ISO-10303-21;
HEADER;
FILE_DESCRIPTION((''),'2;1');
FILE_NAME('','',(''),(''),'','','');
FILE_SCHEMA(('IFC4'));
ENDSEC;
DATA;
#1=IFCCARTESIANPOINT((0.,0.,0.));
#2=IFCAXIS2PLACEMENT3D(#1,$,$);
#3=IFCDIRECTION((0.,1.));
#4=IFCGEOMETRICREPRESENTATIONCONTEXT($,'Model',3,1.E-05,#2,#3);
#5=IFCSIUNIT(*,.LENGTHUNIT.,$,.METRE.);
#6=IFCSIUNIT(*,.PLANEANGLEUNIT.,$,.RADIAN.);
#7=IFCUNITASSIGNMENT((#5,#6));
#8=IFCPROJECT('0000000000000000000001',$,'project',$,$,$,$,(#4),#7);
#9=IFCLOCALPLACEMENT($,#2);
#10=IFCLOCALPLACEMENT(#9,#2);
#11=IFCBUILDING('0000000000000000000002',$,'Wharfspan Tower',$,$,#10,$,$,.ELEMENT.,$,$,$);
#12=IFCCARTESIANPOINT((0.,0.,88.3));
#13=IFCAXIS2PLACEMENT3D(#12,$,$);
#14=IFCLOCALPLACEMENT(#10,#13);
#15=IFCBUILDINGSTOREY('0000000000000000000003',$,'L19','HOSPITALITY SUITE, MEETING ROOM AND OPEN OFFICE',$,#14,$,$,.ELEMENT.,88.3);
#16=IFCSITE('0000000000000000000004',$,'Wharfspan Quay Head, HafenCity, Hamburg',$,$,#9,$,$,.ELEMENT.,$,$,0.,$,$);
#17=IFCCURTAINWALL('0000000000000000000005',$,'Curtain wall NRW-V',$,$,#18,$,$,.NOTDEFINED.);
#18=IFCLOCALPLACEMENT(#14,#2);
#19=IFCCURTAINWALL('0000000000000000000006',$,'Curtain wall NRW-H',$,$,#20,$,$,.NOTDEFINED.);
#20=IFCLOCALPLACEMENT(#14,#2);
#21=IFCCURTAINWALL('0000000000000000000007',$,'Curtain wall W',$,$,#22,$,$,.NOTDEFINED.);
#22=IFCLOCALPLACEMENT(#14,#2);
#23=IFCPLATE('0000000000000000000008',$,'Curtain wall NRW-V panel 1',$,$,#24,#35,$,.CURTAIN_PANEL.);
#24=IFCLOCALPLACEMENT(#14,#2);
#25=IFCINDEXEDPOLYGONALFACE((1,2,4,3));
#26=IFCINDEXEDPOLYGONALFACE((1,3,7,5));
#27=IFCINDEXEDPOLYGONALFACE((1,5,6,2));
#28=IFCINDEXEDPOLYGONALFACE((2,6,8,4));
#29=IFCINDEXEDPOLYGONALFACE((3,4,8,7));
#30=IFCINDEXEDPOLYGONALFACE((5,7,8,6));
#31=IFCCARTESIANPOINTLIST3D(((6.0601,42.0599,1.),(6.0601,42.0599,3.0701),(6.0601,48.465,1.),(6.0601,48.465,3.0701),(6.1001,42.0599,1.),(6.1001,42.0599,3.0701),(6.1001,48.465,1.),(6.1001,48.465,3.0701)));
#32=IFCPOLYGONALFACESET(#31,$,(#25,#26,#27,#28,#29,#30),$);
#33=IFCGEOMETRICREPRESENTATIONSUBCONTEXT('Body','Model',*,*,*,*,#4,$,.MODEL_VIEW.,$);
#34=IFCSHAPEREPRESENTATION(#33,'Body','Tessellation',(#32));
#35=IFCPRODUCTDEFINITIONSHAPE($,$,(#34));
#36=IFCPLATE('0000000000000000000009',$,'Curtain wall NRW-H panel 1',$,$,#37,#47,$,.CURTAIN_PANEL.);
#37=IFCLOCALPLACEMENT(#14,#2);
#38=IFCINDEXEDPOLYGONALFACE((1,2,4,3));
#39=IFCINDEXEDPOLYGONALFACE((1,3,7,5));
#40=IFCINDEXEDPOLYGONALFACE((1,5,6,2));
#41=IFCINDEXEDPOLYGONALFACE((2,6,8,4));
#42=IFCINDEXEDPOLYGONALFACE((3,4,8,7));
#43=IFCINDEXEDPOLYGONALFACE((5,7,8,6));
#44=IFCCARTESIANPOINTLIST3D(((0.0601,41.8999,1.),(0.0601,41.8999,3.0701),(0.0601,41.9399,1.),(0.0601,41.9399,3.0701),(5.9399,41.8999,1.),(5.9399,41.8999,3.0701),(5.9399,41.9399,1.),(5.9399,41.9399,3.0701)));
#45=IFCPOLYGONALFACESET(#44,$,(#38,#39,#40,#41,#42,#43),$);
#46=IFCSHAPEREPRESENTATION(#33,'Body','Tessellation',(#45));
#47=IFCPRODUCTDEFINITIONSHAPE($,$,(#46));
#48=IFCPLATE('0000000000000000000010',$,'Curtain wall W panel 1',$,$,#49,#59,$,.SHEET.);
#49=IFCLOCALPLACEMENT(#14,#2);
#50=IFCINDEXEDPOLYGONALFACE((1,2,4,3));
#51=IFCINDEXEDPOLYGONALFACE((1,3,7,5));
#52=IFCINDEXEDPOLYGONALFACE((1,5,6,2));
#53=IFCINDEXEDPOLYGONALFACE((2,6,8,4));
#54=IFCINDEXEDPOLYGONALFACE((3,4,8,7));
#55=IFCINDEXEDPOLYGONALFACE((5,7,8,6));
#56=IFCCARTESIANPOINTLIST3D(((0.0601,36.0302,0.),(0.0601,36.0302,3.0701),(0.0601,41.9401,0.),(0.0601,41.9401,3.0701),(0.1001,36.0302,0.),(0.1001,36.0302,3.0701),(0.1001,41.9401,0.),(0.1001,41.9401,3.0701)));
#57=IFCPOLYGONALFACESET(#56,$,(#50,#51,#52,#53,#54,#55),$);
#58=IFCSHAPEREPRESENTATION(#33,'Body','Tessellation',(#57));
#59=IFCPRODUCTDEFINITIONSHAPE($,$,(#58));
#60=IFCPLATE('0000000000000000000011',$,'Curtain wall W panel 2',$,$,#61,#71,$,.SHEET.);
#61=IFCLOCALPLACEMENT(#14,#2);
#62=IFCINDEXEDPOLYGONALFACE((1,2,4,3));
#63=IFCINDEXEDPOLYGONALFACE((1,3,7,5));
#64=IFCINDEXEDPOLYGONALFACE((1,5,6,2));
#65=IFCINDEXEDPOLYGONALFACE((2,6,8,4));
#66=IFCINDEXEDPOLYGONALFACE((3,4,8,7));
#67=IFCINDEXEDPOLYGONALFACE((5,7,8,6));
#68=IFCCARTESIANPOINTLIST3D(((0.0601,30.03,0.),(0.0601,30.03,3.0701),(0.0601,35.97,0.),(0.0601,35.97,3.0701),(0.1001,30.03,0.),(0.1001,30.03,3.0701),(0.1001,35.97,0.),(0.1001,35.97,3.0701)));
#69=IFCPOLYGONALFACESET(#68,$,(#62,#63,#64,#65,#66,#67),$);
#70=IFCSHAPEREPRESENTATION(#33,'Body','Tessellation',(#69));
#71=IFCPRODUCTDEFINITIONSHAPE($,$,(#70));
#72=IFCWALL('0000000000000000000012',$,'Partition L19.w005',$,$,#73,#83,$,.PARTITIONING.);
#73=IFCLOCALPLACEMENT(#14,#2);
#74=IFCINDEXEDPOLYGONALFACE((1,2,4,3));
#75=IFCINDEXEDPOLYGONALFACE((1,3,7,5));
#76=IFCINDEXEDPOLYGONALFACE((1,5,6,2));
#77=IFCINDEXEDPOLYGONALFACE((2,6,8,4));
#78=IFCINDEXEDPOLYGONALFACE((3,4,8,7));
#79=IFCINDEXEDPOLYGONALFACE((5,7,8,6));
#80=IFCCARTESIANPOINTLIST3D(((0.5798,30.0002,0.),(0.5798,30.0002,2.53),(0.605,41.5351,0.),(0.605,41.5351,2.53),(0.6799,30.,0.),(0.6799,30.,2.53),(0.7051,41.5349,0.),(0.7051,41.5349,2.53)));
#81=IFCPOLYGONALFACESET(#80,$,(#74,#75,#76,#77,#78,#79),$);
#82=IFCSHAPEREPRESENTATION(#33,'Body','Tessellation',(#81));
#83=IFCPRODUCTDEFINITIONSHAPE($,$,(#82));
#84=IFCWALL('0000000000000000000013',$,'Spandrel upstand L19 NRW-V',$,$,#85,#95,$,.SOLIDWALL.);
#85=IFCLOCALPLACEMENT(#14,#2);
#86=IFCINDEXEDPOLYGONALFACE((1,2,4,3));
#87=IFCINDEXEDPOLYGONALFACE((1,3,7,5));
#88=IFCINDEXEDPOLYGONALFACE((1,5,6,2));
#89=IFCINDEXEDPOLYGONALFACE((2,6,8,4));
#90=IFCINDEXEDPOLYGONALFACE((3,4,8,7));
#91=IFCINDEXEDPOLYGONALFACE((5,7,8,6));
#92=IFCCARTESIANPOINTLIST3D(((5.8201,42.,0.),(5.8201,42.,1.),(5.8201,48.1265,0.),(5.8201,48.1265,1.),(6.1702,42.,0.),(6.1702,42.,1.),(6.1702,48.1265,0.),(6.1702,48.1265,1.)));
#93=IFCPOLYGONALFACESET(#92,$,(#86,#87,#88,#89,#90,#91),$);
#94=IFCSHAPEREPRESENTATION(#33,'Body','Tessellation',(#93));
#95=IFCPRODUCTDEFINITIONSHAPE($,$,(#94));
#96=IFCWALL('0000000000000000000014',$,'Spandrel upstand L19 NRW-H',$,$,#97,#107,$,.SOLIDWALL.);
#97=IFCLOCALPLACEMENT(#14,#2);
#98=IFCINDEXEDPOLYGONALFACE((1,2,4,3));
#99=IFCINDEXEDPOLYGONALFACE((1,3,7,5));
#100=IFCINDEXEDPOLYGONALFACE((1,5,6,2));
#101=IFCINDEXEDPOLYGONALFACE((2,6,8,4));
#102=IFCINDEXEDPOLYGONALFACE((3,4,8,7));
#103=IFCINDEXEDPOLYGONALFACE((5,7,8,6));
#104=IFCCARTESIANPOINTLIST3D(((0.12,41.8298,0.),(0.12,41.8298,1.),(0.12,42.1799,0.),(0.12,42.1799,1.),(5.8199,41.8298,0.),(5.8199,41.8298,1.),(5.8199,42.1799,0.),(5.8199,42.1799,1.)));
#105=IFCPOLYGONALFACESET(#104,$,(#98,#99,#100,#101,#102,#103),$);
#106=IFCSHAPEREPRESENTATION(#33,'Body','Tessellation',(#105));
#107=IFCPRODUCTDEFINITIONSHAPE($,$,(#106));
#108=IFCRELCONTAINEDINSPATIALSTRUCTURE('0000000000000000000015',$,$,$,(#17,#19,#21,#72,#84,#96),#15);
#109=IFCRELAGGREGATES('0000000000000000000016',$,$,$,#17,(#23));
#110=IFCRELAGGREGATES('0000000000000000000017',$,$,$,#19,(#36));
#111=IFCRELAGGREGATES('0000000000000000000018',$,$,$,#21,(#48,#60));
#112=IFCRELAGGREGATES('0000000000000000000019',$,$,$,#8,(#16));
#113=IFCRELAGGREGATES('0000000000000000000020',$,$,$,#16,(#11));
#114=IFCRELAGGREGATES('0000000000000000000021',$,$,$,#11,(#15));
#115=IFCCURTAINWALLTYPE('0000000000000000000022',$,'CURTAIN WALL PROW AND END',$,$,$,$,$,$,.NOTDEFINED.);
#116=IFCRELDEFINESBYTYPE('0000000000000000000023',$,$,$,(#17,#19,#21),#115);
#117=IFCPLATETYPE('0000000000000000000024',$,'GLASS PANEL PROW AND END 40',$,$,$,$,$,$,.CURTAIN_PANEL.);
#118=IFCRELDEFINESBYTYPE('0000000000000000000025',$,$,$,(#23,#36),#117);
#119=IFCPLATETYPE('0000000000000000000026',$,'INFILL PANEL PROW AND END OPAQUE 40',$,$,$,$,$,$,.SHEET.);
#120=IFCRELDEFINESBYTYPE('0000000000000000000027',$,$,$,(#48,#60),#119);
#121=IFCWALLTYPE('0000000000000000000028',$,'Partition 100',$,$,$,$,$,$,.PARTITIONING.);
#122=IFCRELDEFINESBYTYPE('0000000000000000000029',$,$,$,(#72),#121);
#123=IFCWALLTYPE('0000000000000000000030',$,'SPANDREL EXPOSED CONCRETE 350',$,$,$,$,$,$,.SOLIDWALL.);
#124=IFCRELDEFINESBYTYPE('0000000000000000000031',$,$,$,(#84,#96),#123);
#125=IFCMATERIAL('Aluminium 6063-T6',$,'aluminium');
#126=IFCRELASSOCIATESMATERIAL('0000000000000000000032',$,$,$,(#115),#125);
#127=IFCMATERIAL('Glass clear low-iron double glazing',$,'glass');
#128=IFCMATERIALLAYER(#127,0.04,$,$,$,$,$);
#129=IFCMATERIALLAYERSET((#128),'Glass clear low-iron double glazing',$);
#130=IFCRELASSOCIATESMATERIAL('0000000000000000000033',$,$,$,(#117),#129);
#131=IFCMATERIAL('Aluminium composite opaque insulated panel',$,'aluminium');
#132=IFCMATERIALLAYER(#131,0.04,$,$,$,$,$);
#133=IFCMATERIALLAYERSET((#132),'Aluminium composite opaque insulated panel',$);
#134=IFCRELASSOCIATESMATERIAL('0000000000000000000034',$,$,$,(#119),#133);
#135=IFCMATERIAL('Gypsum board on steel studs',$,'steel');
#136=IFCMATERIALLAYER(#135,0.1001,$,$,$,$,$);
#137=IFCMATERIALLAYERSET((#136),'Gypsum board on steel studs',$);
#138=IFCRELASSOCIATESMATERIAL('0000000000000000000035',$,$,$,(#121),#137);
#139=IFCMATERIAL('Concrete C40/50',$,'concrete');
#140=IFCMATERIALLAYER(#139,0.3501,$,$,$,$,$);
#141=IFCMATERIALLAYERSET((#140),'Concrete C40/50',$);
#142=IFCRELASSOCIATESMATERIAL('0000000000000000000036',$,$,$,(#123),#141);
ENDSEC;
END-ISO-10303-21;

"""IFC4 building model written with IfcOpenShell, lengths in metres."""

from ifc_helpers import new_model, si_unit, direction, frame, frame_2d, origin, origin_2d, place, context, subcontext, project, spatial, rectangle, extrude, material, layer, layer_set, type_object, element, aggregate, save


model = new_model("IFC4")

# Units and contexts
model_context = context("Model", 3, precision=1e-05, world=origin(), true_north=direction((0.0, 1.0)))
body_context = subcontext(model_context, "Body", "Model", "MODEL_VIEW")
ifc_project = project(units=[si_unit("LENGTHUNIT", "METRE"), si_unit("PLANEANGLEUNIT", "RADIAN")], contexts=[model_context])

# Site, building, storey
site_placement = place(None, origin())
site = spatial("IfcSite", under=ifc_project, at=site_placement, Name="Wharfspan Quay Head, HafenCity, Hamburg", CompositionType="ELEMENT", RefElevation=0.0)
building_placement = place(site_placement, origin())
building = spatial("IfcBuilding", under=site, at=building_placement, Name="Wharfspan Tower", CompositionType="ELEMENT")
storey_placement = place(building_placement, frame((0.0, 0.0, 88.3)))
storey = spatial("IfcBuildingStorey", under=building, at=storey_placement, Name="L19", Description="HOSPITALITY SUITE, MEETING ROOM AND OPEN OFFICE", CompositionType="ELEMENT", Elevation=88.3)

# Curtain walls
ifc_material_1 = material(Name="Aluminium 6063-T6", Category="aluminium")
curtain_wall_type = type_object("IfcCurtainWallType", Name="CURTAIN WALL PROW AND END", PredefinedType="NOTDEFINED", material=ifc_material_1)
curtain_wall_1_placement = place(storey_placement, origin())
curtain_wall_1 = element("IfcCurtainWall", 1, at=curtain_wall_1_placement, inside=storey, type_object=curtain_wall_type, Name="Curtain wall NRW-V", PredefinedType="NOTDEFINED")
curtain_wall_2_placement = place(storey_placement, origin())
curtain_wall_2 = element("IfcCurtainWall", 2, at=curtain_wall_2_placement, inside=storey, type_object=curtain_wall_type, Name="Curtain wall NRW-H", PredefinedType="NOTDEFINED")
curtain_wall_3_placement = place(storey_placement, origin())
curtain_wall_3 = element("IfcCurtainWall", 3, at=curtain_wall_3_placement, inside=storey, type_object=curtain_wall_type, Name="Curtain wall W", PredefinedType="NOTDEFINED")

# Plates
ifc_material_2 = material(Name="Glass clear low-iron double glazing", Category="glass")
ifc_layer_1 = layer(ifc_material_2, 0.04)
ifc_layer_set_1 = layer_set([ifc_layer_1], Name="Glass clear low-iron double glazing")
plate_type_1 = type_object("IfcPlateType", Name="GLASS PANEL PROW AND END 40", PredefinedType="CURTAIN_PANEL", material=ifc_layer_set_1)
plate_1_placement = place(storey_placement, frame((6.0801, 45.2625, 1.0), z_axis=(0.0, 0.0, 1.0), x_axis=(0.0, -1.0, 0.0)))
plate_1 = element("IfcPlate", 4, at=plate_1_placement, type_object=plate_type_1, Name="Curtain wall NRW-V panel 1", PredefinedType="CURTAIN_PANEL", context=body_context, shape_type="SweptSolid", body=[
    extrude(rectangle(XDim=6.405, YDim=0.04, at=origin_2d()), origin(), (0.0, 0.0, 1.0), 2.0701),
])
aggregate(curtain_wall_1, [plate_1])
plate_2_placement = place(storey_placement, frame((3.0, 41.9199, 1.0), z_axis=(0.0, 0.0, 1.0), x_axis=(-1.0, 0.0, 0.0)))
plate_2 = element("IfcPlate", 5, at=plate_2_placement, type_object=plate_type_1, Name="Curtain wall NRW-H panel 1", PredefinedType="CURTAIN_PANEL", context=body_context, shape_type="SweptSolid", body=[
    extrude(rectangle(XDim=5.8799, YDim=0.04, at=origin_2d()), origin(), (0.0, 0.0, 1.0), 2.0701),
])
aggregate(curtain_wall_2, [plate_2])
ifc_material_3 = material(Name="Aluminium composite opaque insulated panel", Category="aluminium")
ifc_layer_2 = layer(ifc_material_3, 0.04)
ifc_layer_set_2 = layer_set([ifc_layer_2], Name="Aluminium composite opaque insulated panel")
plate_type_2 = type_object("IfcPlateType", Name="INFILL PANEL PROW AND END OPAQUE 40", PredefinedType="SHEET", material=ifc_layer_set_2)
plate_3_placement = place(storey_placement, frame((0.0801, 38.9851, 0.0), z_axis=(0.0, 0.0, 1.0), x_axis=(0.0, -1.0, 0.0)))
plate_3 = element("IfcPlate", 6, at=plate_3_placement, type_object=plate_type_2, Name="Curtain wall W panel 1", PredefinedType="SHEET", context=body_context, shape_type="SweptSolid", body=[
    extrude(rectangle(XDim=5.9099, YDim=0.04, at=origin_2d()), origin(), (0.0, 0.0, 1.0), 3.0701),
])
plate_4_placement = place(storey_placement, frame((0.0801, 33.0, 0.0), z_axis=(0.0, 0.0, 1.0), x_axis=(0.0, -1.0, 0.0)))
plate_4 = element("IfcPlate", 7, at=plate_4_placement, type_object=plate_type_2, Name="Curtain wall W panel 2", PredefinedType="SHEET", context=body_context, shape_type="SweptSolid", body=[
    extrude(rectangle(XDim=5.9399, YDim=0.04, at=origin_2d()), origin(), (0.0, 0.0, 1.0), 3.0701),
])
aggregate(curtain_wall_3, [plate_3, plate_4])

# Walls
ifc_material_4 = material(Name="Gypsum board on steel studs", Category="steel")
ifc_layer_3 = layer(ifc_material_4, 0.1001)
ifc_layer_set_3 = layer_set([ifc_layer_3], Name="Gypsum board on steel studs")
wall_type_1 = type_object("IfcWallType", Name="Partition 100", PredefinedType="PARTITIONING", material=ifc_layer_set_3)
wall_1_placement = place(storey_placement, frame((0.6299, 30.0, 0.0), z_axis=(0.0, 0.0, 1.0), x_axis=(0.00218, 0.999994, 0.0)))
element("IfcWall", 8, at=wall_1_placement, inside=storey, type_object=wall_type_1, Name="Partition L19.w005", PredefinedType="PARTITIONING", context=body_context, shape_type="SweptSolid", body=[
    extrude(rectangle(XDim=11.5349, YDim=0.1001, at=frame_2d((5.7676, 0.0))), origin(), (0.0, 0.0, 1.0), 2.53),
])
ifc_material_5 = material(Name="Concrete C40/50", Category="concrete")
ifc_layer_4 = layer(ifc_material_5, 0.3501)
ifc_layer_set_4 = layer_set([ifc_layer_4], Name="Concrete C40/50")
wall_type_2 = type_object("IfcWallType", Name="SPANDREL EXPOSED CONCRETE 350", PredefinedType="SOLIDWALL", material=ifc_layer_set_4)
wall_2_placement = place(storey_placement, frame((5.9951, 48.1265, 0.0), z_axis=(0.0, 0.0, 1.0), x_axis=(0.0, -1.0, 0.0)))
element("IfcWall", 9, at=wall_2_placement, inside=storey, type_object=wall_type_2, Name="Spandrel upstand L19 NRW-V", PredefinedType="SOLIDWALL", context=body_context, shape_type="SweptSolid", body=[
    extrude(rectangle(XDim=6.1265, YDim=0.3501, at=frame_2d((3.0632, 0.0))), origin(), (0.0, 0.0, 1.0), 1.0),
])
wall_3_placement = place(storey_placement, frame((5.8201, 42.0049, 0.0), z_axis=(0.0, 0.0, 1.0), x_axis=(-1.0, 0.0, 0.0)))
element("IfcWall", 10, at=wall_3_placement, inside=storey, type_object=wall_type_2, Name="Spandrel upstand L19 NRW-H", PredefinedType="SOLIDWALL", context=body_context, shape_type="SweptSolid", body=[
    extrude(rectangle(XDim=5.7, YDim=0.3501, at=frame_2d((2.8501, 0.0))), origin(), (0.0, 0.0, 1.0), 1.0),
])

save(model, "model.ifc")
